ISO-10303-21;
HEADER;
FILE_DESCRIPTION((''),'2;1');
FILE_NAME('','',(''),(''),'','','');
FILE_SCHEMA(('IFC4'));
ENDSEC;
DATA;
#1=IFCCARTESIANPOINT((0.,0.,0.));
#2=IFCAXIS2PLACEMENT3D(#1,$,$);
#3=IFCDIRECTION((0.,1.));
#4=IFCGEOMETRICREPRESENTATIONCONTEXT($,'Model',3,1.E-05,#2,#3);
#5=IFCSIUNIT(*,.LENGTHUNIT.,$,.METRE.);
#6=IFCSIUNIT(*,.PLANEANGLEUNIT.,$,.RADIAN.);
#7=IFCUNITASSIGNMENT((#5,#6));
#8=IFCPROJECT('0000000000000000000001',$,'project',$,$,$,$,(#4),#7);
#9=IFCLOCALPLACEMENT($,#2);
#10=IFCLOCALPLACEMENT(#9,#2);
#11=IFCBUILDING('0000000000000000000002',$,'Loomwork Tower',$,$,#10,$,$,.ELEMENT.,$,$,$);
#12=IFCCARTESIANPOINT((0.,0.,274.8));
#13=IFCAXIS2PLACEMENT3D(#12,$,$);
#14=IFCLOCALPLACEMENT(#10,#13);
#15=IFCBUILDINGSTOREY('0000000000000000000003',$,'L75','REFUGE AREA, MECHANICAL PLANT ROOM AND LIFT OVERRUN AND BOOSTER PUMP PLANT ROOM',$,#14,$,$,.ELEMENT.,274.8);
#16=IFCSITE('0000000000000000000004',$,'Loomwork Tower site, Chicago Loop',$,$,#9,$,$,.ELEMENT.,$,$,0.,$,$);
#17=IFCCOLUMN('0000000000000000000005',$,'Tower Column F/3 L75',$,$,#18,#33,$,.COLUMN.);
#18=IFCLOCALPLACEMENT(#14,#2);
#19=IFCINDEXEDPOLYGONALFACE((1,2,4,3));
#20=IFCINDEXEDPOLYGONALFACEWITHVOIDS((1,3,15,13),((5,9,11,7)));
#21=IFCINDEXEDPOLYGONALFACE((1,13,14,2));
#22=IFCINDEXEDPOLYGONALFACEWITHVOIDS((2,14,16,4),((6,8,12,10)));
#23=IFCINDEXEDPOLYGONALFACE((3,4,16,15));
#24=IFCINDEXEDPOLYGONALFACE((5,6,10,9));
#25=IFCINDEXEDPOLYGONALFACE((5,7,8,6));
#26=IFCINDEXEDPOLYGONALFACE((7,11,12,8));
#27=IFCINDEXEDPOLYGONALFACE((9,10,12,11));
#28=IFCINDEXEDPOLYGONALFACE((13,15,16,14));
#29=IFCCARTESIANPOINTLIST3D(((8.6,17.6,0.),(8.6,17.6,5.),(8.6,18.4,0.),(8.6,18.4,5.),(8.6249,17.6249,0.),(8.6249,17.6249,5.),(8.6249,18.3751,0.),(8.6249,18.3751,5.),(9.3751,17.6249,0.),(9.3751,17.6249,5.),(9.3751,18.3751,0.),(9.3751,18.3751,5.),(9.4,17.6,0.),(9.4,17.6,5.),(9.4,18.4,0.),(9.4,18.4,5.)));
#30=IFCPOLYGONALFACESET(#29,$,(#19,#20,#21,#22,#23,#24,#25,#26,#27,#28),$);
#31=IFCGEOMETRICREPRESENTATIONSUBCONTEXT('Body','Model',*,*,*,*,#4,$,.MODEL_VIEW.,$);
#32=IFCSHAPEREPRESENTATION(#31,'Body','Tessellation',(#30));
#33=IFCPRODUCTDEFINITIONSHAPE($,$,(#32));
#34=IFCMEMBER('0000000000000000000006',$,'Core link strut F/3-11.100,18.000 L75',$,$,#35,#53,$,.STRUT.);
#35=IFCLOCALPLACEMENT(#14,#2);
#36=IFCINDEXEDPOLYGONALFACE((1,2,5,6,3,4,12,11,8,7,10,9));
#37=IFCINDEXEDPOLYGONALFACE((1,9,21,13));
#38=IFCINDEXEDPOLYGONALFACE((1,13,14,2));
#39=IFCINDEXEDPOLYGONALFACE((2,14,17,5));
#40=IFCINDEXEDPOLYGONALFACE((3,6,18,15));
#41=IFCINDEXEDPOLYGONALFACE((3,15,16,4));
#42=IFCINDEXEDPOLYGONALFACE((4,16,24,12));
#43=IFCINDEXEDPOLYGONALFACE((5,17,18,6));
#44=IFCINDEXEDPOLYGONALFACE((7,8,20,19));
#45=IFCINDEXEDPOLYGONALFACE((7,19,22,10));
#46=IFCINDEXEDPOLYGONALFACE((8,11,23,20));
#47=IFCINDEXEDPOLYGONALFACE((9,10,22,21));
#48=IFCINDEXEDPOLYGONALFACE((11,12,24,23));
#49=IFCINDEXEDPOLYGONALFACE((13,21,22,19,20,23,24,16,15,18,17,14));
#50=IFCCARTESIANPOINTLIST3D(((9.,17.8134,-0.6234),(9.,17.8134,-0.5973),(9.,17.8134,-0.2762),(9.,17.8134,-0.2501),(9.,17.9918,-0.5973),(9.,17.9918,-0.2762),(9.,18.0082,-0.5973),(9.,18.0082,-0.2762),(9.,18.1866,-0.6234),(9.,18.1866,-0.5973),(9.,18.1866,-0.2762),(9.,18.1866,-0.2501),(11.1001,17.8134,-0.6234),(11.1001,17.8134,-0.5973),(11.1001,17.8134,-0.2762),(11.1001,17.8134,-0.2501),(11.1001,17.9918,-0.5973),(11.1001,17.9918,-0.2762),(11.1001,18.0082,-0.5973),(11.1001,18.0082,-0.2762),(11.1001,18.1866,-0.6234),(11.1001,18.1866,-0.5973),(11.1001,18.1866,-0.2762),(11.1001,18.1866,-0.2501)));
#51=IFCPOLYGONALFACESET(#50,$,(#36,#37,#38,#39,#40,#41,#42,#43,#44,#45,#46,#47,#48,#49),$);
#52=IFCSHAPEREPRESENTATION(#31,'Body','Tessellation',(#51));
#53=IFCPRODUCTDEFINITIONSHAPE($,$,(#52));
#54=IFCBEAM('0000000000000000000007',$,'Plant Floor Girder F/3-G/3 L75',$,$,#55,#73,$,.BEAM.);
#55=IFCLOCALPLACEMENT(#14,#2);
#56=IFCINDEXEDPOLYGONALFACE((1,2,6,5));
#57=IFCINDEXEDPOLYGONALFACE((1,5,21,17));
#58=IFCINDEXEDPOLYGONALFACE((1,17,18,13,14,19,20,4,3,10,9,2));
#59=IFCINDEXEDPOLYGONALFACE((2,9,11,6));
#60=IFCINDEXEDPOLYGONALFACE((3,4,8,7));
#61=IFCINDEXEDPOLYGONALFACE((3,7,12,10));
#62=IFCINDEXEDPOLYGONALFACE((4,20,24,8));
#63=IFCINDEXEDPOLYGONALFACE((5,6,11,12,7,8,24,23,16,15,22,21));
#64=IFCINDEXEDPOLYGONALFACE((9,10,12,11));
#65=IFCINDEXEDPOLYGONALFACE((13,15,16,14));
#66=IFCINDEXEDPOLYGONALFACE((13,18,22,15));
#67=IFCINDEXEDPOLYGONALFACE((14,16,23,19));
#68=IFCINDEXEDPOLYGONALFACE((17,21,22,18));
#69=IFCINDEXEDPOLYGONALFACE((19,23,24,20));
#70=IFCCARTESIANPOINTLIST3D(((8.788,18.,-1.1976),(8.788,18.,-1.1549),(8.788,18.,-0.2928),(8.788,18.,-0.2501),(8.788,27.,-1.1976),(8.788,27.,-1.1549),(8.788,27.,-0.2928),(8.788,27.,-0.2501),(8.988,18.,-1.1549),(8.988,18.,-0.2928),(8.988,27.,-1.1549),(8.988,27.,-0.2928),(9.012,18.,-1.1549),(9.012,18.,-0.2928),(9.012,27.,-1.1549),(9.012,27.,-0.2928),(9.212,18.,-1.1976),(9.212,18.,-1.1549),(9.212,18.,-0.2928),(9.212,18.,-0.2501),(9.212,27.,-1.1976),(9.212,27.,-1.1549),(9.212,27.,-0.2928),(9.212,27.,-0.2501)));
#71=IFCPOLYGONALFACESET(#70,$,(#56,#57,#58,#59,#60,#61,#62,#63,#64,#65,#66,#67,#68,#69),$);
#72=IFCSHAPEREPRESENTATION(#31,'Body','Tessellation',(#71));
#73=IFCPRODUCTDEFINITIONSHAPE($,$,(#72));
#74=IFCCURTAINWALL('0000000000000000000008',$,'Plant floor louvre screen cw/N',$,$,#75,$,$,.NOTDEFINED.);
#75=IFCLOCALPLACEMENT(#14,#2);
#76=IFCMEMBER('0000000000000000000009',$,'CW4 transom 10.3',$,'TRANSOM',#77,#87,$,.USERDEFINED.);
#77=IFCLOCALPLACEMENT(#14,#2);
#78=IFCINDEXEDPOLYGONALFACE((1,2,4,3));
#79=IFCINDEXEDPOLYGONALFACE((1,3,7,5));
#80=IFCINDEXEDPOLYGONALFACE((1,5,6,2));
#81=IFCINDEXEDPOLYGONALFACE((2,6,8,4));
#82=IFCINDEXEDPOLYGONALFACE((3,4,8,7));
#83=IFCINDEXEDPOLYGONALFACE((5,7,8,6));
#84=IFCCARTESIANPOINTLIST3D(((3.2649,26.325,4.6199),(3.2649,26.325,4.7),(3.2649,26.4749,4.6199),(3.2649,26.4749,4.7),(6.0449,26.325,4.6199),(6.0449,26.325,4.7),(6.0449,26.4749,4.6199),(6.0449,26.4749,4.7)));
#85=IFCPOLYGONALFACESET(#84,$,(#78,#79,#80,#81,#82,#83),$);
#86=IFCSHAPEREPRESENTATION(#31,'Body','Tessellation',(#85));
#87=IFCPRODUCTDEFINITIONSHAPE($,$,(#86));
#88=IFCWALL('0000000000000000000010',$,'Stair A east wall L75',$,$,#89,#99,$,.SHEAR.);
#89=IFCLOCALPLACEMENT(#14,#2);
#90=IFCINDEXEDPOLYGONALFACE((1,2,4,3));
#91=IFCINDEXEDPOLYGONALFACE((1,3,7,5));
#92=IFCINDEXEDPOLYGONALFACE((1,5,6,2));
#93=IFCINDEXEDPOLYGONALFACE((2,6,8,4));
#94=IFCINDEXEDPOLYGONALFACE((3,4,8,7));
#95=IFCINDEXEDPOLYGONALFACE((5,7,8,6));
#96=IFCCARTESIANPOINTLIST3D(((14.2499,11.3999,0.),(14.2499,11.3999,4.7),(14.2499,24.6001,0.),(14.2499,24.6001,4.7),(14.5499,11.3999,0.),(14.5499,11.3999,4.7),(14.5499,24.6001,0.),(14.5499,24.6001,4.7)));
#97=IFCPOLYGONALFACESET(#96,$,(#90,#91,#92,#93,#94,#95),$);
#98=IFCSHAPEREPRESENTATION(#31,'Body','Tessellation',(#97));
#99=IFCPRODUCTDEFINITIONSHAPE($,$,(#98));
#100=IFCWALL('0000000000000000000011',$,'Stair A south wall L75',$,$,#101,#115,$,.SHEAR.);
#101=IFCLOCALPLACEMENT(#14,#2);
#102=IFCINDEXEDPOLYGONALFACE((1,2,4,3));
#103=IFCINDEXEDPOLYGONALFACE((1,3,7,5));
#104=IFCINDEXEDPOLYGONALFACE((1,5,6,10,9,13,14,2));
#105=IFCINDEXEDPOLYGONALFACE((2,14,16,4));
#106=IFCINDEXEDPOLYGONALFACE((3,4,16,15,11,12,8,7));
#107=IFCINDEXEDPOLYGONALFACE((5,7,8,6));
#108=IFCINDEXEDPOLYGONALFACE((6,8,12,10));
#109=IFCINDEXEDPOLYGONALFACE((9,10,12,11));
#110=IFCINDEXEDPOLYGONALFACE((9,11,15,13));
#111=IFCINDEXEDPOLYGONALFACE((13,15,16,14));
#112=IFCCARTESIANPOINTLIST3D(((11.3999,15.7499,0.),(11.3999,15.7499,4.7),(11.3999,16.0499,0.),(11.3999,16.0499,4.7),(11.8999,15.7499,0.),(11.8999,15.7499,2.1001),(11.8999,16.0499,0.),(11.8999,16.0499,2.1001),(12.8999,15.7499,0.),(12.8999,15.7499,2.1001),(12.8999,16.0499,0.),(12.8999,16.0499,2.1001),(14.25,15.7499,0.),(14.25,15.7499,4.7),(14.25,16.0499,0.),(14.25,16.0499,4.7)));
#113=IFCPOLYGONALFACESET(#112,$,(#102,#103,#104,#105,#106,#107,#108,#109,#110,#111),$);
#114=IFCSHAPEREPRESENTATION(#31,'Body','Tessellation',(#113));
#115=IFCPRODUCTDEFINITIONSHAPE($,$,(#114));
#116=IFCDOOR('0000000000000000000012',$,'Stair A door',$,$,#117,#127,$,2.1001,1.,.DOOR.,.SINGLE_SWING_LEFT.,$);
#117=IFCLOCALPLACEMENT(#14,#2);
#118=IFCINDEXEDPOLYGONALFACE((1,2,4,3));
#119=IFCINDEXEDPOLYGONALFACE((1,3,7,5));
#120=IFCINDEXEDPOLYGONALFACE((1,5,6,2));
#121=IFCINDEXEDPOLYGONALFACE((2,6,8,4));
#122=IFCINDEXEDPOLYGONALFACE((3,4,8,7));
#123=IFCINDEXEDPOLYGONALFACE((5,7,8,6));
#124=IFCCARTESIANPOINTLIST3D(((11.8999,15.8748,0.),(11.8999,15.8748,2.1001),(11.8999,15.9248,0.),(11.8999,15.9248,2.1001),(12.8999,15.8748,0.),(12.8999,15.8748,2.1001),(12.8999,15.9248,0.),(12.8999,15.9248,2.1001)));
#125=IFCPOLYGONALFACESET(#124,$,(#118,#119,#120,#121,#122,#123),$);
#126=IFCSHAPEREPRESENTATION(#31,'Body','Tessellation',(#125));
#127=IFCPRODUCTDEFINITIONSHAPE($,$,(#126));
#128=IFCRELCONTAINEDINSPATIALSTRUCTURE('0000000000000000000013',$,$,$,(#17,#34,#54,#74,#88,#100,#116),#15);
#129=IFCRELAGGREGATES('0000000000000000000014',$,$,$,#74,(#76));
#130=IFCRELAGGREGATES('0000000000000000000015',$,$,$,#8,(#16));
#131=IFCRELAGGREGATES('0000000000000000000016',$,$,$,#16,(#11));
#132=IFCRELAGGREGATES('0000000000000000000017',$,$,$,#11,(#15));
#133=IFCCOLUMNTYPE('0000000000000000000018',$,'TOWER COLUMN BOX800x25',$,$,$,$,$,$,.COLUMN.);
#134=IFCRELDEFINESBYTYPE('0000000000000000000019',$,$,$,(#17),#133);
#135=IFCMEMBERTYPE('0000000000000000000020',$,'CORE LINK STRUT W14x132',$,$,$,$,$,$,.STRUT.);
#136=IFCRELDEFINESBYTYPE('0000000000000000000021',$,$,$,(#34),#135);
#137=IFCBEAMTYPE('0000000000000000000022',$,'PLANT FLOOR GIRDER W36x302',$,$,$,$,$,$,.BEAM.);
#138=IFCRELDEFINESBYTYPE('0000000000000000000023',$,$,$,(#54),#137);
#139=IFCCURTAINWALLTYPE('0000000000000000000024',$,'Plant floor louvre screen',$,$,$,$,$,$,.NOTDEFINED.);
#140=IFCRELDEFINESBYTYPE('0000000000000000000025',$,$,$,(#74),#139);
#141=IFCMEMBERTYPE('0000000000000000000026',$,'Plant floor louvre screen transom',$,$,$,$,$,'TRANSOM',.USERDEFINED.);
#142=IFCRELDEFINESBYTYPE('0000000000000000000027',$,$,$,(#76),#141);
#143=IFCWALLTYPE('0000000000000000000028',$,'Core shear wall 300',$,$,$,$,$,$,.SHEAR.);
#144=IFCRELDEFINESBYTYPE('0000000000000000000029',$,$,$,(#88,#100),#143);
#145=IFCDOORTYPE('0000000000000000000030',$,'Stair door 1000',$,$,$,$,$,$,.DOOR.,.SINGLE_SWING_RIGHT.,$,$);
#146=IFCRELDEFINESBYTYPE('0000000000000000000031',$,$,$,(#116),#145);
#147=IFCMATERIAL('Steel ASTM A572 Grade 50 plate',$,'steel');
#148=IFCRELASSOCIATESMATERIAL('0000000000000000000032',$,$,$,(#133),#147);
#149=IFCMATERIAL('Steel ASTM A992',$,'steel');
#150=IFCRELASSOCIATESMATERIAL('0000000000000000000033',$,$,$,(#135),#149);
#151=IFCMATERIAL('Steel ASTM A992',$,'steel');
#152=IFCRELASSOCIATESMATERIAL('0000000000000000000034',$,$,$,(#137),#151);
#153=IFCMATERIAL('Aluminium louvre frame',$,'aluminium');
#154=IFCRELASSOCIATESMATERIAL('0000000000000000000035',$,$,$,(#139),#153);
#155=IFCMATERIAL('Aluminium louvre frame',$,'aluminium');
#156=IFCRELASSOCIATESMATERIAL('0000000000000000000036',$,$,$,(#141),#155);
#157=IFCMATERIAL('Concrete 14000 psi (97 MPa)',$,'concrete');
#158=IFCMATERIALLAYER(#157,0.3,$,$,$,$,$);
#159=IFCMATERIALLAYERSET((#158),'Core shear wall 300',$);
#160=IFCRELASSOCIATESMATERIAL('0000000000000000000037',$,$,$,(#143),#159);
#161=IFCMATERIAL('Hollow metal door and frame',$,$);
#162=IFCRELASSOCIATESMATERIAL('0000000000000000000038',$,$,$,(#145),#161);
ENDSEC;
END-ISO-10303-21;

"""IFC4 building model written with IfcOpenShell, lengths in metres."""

from ifc_helpers import new_model, si_unit, direction, frame, frame_2d, origin, origin_2d, place, context, subcontext, project, spatial, rectangle, hollow_rectangle, i_section, extrude, material, layer, layer_set, material_profile, profile_set, type_object, element, fill, aggregate, save


model = new_model("IFC4")

# Units and contexts
model_context = context("Model", 3, precision=1e-05, world=origin(), true_north=direction((0.0, 1.0)))
body_context = subcontext(model_context, "Body", "Model", "MODEL_VIEW")
ifc_project = project(units=[si_unit("LENGTHUNIT", "METRE"), si_unit("PLANEANGLEUNIT", "RADIAN")], contexts=[model_context])

# Site, building, storey
site_placement = place(None, origin())
site = spatial("IfcSite", under=ifc_project, at=site_placement, Name="Loomwork Tower site, Chicago Loop", CompositionType="ELEMENT", RefElevation=0.0)
building_placement = place(site_placement, origin())
building = spatial("IfcBuilding", under=site, at=building_placement, Name="Loomwork Tower", CompositionType="ELEMENT")
storey_placement = place(building_placement, frame((0.0, 0.0, 274.8)))
storey = spatial("IfcBuildingStorey", under=building, at=storey_placement, Name="L75", Description="REFUGE AREA, MECHANICAL PLANT ROOM AND LIFT OVERRUN AND BOOSTER PUMP PLANT ROOM", CompositionType="ELEMENT", Elevation=274.8)

# Column
ifc_material_1 = material(Name="Steel ASTM A572 Grade 50 plate", Category="steel")
ifc_material_profile_1 = material_profile(ifc_material_1, hollow_rectangle(XDim=0.8, YDim=0.8, WallThickness=0.0249, at=origin_2d()), Name="BOX800x25")
ifc_profile_set_1 = profile_set([ifc_material_profile_1], Name="Steel ASTM A572 Grade 50 plate")
column_type = type_object("IfcColumnType", Name="TOWER COLUMN BOX800x25", PredefinedType="COLUMN", material=ifc_profile_set_1)
column_placement = place(storey_placement, frame((9.0, 18.0, 0.0), z_axis=(0.0, 0.0, 1.0), x_axis=(1.0, 0.0, 0.0)))
element("IfcColumn", 1, at=column_placement, inside=storey, type_object=column_type, Name="Tower Column F/3 L75", PredefinedType="COLUMN", context=body_context, shape_type="SweptSolid", body=[
    extrude(hollow_rectangle(XDim=0.8, YDim=0.8, WallThickness=0.0249, at=origin_2d()), origin(), (0.0, 0.0, 1.0), 5.0),
])

# Member
ifc_material_2 = material(Name="Steel ASTM A992", Category="steel")
ifc_material_profile_2 = material_profile(ifc_material_2, i_section(OverallWidth=0.3733, OverallDepth=0.3733, WebThickness=0.0164, FlangeThickness=0.0261, at=origin_2d()), Name="W14x132")
ifc_profile_set_2 = profile_set([ifc_material_profile_2], Name="Steel ASTM A992")
member_type_1 = type_object("IfcMemberType", Name="CORE LINK STRUT W14x132", PredefinedType="STRUT", material=ifc_profile_set_2)
member_1_placement = place(storey_placement, frame((9.0, 18.0, -0.4368), z_axis=(1.0, 0.0, 0.0), x_axis=(0.0, 1.0, 0.0)))
element("IfcMember", 2, at=member_1_placement, inside=storey, type_object=member_type_1, Name="Core link strut F/3-11.100,18.000 L75", PredefinedType="STRUT", context=body_context, shape_type="SweptSolid", body=[
    extrude(i_section(OverallWidth=0.3733, OverallDepth=0.3733, WebThickness=0.0164, FlangeThickness=0.0261, at=origin_2d()), origin(), (0.0, 0.0, 1.0), 2.1001),
])

# Beam
ifc_material_3 = material(Name="Steel ASTM A992", Category="steel")
ifc_material_profile_3 = material_profile(ifc_material_3, i_section(OverallWidth=0.4241, OverallDepth=0.9475, WebThickness=0.0239, FlangeThickness=0.0427, at=origin_2d()), Name="W36x302")
ifc_profile_set_3 = profile_set([ifc_material_profile_3], Name="Steel ASTM A992")
beam_type = type_object("IfcBeamType", Name="PLANT FLOOR GIRDER W36x302", PredefinedType="BEAM", material=ifc_profile_set_3)
beam_placement = place(storey_placement, frame((9.0, 18.0, -0.7239), z_axis=(0.0, 1.0, 0.0), x_axis=(-1.0, 0.0, 0.0)))
element("IfcBeam", 3, at=beam_placement, inside=storey, type_object=beam_type, Name="Plant Floor Girder F/3-G/3 L75", PredefinedType="BEAM", context=body_context, shape_type="SweptSolid", body=[
    extrude(i_section(OverallWidth=0.4241, OverallDepth=0.9475, WebThickness=0.0239, FlangeThickness=0.0427, at=origin_2d()), origin(), (0.0, 0.0, 1.0), 9.0),
])

# Curtain wall, member
ifc_material_4 = material(Name="Aluminium louvre frame", Category="aluminium")
curtain_wall_type = type_object("IfcCurtainWallType", Name="Plant floor louvre screen", PredefinedType="NOTDEFINED", material=ifc_material_4)
curtain_wall_placement = place(storey_placement, origin())
curtain_wall = element("IfcCurtainWall", 4, at=curtain_wall_placement, inside=storey, type_object=curtain_wall_type, Name="Plant floor louvre screen cw/N", PredefinedType="NOTDEFINED")
ifc_material_5 = material(Name="Aluminium louvre frame", Category="aluminium")
ifc_material_profile_4 = material_profile(ifc_material_5, rectangle(XDim=0.1499, YDim=0.0801, at=origin_2d()), Name="AL 80x150")
ifc_profile_set_4 = profile_set([ifc_material_profile_4], Name="Aluminium louvre frame")
member_type_2 = type_object("IfcMemberType", Name="Plant floor louvre screen transom", ElementType="TRANSOM", PredefinedType="USERDEFINED", material=ifc_profile_set_4)
member_2_placement = place(storey_placement, frame((6.0449, 26.3999, 4.6599), z_axis=(-1.0, 0.0, 0.0), x_axis=(0.0, -1.0, 0.0)))
member_2 = element("IfcMember", 5, at=member_2_placement, type_object=member_type_2, Name="CW4 transom 10.3", ObjectType="TRANSOM", PredefinedType="USERDEFINED", context=body_context, shape_type="SweptSolid", body=[
    extrude(rectangle(XDim=0.1499, YDim=0.0801, at=origin_2d()), origin(), (0.0, 0.0, 1.0), 2.78),
])
aggregate(curtain_wall, [member_2])

# Wall
ifc_material_6 = material(Name="Concrete 14000 psi (97 MPa)", Category="concrete")
ifc_layer_1 = layer(ifc_material_6, 0.3)
ifc_layer_set_1 = layer_set([ifc_layer_1], Name="Core shear wall 300")
wall_type_1 = type_object("IfcWallType", Name="Core shear wall 300", PredefinedType="SHEAR", material=ifc_layer_set_1)
wall_1_placement = place(storey_placement, frame((14.3999, 11.3999, 0.0), z_axis=(0.0, 0.0, 1.0), x_axis=(0.0, 1.0, 0.0)))
element("IfcWall", 6, at=wall_1_placement, inside=storey, type_object=wall_type_1, Name="Stair A east wall L75", PredefinedType="SHEAR", context=body_context, shape_type="SweptSolid", body=[
    extrude(rectangle(XDim=13.2002, YDim=0.3, at=frame_2d((6.6001, 0.0))), origin(), (0.0, 0.0, 1.0), 4.7),
])

# Wall, opening, door
wall_2_placement = place(storey_placement, frame((11.3999, 15.8999, 0.0), z_axis=(0.0, 0.0, 1.0), x_axis=(1.0, 0.0, 0.0)))
wall_2 = element("IfcWall", 7, at=wall_2_placement, inside=storey, type_object=wall_type_1, Name="Stair A south wall L75", PredefinedType="SHEAR", context=body_context, shape_type="SweptSolid", body=[
    extrude(rectangle(XDim=2.8501, YDim=0.3, at=frame_2d((1.425, 0.0))), origin(), (0.0, 0.0, 1.0), 4.7),
])
opening_1_placement = place(wall_2_placement, frame((0.5, 0.0, 0.0)))
opening_1 = element("IfcOpeningElement", 8, at=opening_1_placement, cuts=wall_2, PredefinedType="OPENING", context=body_context, shape_type="SweptSolid", body=[
    extrude(rectangle(XDim=1.0, YDim=2.1001, at=frame_2d((0.5, 1.05))), frame((0.0, 0.1599, 0.0), z_axis=(0.0, -1.0, 0.0), x_axis=(1.0, 0.0, 0.0)), (0.0, 0.0, 1.0), 0.3201),
])
ifc_material_7 = material(Name="Hollow metal door and frame")
door_type_1 = type_object("IfcDoorType", Name="Stair door 1000", OperationType="SINGLE_SWING_RIGHT", PredefinedType="DOOR", material=ifc_material_7)
door_1_placement = place(opening_1_placement, origin())
door_1 = element("IfcDoor", 9, at=door_1_placement, inside=storey, type_object=door_type_1, Name="Stair A door", OperationType="SINGLE_SWING_LEFT", OverallHeight=2.1001, OverallWidth=1.0, PredefinedType="DOOR", context=body_context, shape_type="SweptSolid", body=[
    extrude(rectangle(XDim=1.0, YDim=2.1001, at=frame_2d((0.5, 1.05))), frame((0.0, 0.0249, 0.0), z_axis=(0.0, -1.0, 0.0), x_axis=(1.0, 0.0, 0.0)), (0.0, 0.0, 1.0), 0.05),
])
fill(opening_1, door_1)

save(model, "model.ifc")
